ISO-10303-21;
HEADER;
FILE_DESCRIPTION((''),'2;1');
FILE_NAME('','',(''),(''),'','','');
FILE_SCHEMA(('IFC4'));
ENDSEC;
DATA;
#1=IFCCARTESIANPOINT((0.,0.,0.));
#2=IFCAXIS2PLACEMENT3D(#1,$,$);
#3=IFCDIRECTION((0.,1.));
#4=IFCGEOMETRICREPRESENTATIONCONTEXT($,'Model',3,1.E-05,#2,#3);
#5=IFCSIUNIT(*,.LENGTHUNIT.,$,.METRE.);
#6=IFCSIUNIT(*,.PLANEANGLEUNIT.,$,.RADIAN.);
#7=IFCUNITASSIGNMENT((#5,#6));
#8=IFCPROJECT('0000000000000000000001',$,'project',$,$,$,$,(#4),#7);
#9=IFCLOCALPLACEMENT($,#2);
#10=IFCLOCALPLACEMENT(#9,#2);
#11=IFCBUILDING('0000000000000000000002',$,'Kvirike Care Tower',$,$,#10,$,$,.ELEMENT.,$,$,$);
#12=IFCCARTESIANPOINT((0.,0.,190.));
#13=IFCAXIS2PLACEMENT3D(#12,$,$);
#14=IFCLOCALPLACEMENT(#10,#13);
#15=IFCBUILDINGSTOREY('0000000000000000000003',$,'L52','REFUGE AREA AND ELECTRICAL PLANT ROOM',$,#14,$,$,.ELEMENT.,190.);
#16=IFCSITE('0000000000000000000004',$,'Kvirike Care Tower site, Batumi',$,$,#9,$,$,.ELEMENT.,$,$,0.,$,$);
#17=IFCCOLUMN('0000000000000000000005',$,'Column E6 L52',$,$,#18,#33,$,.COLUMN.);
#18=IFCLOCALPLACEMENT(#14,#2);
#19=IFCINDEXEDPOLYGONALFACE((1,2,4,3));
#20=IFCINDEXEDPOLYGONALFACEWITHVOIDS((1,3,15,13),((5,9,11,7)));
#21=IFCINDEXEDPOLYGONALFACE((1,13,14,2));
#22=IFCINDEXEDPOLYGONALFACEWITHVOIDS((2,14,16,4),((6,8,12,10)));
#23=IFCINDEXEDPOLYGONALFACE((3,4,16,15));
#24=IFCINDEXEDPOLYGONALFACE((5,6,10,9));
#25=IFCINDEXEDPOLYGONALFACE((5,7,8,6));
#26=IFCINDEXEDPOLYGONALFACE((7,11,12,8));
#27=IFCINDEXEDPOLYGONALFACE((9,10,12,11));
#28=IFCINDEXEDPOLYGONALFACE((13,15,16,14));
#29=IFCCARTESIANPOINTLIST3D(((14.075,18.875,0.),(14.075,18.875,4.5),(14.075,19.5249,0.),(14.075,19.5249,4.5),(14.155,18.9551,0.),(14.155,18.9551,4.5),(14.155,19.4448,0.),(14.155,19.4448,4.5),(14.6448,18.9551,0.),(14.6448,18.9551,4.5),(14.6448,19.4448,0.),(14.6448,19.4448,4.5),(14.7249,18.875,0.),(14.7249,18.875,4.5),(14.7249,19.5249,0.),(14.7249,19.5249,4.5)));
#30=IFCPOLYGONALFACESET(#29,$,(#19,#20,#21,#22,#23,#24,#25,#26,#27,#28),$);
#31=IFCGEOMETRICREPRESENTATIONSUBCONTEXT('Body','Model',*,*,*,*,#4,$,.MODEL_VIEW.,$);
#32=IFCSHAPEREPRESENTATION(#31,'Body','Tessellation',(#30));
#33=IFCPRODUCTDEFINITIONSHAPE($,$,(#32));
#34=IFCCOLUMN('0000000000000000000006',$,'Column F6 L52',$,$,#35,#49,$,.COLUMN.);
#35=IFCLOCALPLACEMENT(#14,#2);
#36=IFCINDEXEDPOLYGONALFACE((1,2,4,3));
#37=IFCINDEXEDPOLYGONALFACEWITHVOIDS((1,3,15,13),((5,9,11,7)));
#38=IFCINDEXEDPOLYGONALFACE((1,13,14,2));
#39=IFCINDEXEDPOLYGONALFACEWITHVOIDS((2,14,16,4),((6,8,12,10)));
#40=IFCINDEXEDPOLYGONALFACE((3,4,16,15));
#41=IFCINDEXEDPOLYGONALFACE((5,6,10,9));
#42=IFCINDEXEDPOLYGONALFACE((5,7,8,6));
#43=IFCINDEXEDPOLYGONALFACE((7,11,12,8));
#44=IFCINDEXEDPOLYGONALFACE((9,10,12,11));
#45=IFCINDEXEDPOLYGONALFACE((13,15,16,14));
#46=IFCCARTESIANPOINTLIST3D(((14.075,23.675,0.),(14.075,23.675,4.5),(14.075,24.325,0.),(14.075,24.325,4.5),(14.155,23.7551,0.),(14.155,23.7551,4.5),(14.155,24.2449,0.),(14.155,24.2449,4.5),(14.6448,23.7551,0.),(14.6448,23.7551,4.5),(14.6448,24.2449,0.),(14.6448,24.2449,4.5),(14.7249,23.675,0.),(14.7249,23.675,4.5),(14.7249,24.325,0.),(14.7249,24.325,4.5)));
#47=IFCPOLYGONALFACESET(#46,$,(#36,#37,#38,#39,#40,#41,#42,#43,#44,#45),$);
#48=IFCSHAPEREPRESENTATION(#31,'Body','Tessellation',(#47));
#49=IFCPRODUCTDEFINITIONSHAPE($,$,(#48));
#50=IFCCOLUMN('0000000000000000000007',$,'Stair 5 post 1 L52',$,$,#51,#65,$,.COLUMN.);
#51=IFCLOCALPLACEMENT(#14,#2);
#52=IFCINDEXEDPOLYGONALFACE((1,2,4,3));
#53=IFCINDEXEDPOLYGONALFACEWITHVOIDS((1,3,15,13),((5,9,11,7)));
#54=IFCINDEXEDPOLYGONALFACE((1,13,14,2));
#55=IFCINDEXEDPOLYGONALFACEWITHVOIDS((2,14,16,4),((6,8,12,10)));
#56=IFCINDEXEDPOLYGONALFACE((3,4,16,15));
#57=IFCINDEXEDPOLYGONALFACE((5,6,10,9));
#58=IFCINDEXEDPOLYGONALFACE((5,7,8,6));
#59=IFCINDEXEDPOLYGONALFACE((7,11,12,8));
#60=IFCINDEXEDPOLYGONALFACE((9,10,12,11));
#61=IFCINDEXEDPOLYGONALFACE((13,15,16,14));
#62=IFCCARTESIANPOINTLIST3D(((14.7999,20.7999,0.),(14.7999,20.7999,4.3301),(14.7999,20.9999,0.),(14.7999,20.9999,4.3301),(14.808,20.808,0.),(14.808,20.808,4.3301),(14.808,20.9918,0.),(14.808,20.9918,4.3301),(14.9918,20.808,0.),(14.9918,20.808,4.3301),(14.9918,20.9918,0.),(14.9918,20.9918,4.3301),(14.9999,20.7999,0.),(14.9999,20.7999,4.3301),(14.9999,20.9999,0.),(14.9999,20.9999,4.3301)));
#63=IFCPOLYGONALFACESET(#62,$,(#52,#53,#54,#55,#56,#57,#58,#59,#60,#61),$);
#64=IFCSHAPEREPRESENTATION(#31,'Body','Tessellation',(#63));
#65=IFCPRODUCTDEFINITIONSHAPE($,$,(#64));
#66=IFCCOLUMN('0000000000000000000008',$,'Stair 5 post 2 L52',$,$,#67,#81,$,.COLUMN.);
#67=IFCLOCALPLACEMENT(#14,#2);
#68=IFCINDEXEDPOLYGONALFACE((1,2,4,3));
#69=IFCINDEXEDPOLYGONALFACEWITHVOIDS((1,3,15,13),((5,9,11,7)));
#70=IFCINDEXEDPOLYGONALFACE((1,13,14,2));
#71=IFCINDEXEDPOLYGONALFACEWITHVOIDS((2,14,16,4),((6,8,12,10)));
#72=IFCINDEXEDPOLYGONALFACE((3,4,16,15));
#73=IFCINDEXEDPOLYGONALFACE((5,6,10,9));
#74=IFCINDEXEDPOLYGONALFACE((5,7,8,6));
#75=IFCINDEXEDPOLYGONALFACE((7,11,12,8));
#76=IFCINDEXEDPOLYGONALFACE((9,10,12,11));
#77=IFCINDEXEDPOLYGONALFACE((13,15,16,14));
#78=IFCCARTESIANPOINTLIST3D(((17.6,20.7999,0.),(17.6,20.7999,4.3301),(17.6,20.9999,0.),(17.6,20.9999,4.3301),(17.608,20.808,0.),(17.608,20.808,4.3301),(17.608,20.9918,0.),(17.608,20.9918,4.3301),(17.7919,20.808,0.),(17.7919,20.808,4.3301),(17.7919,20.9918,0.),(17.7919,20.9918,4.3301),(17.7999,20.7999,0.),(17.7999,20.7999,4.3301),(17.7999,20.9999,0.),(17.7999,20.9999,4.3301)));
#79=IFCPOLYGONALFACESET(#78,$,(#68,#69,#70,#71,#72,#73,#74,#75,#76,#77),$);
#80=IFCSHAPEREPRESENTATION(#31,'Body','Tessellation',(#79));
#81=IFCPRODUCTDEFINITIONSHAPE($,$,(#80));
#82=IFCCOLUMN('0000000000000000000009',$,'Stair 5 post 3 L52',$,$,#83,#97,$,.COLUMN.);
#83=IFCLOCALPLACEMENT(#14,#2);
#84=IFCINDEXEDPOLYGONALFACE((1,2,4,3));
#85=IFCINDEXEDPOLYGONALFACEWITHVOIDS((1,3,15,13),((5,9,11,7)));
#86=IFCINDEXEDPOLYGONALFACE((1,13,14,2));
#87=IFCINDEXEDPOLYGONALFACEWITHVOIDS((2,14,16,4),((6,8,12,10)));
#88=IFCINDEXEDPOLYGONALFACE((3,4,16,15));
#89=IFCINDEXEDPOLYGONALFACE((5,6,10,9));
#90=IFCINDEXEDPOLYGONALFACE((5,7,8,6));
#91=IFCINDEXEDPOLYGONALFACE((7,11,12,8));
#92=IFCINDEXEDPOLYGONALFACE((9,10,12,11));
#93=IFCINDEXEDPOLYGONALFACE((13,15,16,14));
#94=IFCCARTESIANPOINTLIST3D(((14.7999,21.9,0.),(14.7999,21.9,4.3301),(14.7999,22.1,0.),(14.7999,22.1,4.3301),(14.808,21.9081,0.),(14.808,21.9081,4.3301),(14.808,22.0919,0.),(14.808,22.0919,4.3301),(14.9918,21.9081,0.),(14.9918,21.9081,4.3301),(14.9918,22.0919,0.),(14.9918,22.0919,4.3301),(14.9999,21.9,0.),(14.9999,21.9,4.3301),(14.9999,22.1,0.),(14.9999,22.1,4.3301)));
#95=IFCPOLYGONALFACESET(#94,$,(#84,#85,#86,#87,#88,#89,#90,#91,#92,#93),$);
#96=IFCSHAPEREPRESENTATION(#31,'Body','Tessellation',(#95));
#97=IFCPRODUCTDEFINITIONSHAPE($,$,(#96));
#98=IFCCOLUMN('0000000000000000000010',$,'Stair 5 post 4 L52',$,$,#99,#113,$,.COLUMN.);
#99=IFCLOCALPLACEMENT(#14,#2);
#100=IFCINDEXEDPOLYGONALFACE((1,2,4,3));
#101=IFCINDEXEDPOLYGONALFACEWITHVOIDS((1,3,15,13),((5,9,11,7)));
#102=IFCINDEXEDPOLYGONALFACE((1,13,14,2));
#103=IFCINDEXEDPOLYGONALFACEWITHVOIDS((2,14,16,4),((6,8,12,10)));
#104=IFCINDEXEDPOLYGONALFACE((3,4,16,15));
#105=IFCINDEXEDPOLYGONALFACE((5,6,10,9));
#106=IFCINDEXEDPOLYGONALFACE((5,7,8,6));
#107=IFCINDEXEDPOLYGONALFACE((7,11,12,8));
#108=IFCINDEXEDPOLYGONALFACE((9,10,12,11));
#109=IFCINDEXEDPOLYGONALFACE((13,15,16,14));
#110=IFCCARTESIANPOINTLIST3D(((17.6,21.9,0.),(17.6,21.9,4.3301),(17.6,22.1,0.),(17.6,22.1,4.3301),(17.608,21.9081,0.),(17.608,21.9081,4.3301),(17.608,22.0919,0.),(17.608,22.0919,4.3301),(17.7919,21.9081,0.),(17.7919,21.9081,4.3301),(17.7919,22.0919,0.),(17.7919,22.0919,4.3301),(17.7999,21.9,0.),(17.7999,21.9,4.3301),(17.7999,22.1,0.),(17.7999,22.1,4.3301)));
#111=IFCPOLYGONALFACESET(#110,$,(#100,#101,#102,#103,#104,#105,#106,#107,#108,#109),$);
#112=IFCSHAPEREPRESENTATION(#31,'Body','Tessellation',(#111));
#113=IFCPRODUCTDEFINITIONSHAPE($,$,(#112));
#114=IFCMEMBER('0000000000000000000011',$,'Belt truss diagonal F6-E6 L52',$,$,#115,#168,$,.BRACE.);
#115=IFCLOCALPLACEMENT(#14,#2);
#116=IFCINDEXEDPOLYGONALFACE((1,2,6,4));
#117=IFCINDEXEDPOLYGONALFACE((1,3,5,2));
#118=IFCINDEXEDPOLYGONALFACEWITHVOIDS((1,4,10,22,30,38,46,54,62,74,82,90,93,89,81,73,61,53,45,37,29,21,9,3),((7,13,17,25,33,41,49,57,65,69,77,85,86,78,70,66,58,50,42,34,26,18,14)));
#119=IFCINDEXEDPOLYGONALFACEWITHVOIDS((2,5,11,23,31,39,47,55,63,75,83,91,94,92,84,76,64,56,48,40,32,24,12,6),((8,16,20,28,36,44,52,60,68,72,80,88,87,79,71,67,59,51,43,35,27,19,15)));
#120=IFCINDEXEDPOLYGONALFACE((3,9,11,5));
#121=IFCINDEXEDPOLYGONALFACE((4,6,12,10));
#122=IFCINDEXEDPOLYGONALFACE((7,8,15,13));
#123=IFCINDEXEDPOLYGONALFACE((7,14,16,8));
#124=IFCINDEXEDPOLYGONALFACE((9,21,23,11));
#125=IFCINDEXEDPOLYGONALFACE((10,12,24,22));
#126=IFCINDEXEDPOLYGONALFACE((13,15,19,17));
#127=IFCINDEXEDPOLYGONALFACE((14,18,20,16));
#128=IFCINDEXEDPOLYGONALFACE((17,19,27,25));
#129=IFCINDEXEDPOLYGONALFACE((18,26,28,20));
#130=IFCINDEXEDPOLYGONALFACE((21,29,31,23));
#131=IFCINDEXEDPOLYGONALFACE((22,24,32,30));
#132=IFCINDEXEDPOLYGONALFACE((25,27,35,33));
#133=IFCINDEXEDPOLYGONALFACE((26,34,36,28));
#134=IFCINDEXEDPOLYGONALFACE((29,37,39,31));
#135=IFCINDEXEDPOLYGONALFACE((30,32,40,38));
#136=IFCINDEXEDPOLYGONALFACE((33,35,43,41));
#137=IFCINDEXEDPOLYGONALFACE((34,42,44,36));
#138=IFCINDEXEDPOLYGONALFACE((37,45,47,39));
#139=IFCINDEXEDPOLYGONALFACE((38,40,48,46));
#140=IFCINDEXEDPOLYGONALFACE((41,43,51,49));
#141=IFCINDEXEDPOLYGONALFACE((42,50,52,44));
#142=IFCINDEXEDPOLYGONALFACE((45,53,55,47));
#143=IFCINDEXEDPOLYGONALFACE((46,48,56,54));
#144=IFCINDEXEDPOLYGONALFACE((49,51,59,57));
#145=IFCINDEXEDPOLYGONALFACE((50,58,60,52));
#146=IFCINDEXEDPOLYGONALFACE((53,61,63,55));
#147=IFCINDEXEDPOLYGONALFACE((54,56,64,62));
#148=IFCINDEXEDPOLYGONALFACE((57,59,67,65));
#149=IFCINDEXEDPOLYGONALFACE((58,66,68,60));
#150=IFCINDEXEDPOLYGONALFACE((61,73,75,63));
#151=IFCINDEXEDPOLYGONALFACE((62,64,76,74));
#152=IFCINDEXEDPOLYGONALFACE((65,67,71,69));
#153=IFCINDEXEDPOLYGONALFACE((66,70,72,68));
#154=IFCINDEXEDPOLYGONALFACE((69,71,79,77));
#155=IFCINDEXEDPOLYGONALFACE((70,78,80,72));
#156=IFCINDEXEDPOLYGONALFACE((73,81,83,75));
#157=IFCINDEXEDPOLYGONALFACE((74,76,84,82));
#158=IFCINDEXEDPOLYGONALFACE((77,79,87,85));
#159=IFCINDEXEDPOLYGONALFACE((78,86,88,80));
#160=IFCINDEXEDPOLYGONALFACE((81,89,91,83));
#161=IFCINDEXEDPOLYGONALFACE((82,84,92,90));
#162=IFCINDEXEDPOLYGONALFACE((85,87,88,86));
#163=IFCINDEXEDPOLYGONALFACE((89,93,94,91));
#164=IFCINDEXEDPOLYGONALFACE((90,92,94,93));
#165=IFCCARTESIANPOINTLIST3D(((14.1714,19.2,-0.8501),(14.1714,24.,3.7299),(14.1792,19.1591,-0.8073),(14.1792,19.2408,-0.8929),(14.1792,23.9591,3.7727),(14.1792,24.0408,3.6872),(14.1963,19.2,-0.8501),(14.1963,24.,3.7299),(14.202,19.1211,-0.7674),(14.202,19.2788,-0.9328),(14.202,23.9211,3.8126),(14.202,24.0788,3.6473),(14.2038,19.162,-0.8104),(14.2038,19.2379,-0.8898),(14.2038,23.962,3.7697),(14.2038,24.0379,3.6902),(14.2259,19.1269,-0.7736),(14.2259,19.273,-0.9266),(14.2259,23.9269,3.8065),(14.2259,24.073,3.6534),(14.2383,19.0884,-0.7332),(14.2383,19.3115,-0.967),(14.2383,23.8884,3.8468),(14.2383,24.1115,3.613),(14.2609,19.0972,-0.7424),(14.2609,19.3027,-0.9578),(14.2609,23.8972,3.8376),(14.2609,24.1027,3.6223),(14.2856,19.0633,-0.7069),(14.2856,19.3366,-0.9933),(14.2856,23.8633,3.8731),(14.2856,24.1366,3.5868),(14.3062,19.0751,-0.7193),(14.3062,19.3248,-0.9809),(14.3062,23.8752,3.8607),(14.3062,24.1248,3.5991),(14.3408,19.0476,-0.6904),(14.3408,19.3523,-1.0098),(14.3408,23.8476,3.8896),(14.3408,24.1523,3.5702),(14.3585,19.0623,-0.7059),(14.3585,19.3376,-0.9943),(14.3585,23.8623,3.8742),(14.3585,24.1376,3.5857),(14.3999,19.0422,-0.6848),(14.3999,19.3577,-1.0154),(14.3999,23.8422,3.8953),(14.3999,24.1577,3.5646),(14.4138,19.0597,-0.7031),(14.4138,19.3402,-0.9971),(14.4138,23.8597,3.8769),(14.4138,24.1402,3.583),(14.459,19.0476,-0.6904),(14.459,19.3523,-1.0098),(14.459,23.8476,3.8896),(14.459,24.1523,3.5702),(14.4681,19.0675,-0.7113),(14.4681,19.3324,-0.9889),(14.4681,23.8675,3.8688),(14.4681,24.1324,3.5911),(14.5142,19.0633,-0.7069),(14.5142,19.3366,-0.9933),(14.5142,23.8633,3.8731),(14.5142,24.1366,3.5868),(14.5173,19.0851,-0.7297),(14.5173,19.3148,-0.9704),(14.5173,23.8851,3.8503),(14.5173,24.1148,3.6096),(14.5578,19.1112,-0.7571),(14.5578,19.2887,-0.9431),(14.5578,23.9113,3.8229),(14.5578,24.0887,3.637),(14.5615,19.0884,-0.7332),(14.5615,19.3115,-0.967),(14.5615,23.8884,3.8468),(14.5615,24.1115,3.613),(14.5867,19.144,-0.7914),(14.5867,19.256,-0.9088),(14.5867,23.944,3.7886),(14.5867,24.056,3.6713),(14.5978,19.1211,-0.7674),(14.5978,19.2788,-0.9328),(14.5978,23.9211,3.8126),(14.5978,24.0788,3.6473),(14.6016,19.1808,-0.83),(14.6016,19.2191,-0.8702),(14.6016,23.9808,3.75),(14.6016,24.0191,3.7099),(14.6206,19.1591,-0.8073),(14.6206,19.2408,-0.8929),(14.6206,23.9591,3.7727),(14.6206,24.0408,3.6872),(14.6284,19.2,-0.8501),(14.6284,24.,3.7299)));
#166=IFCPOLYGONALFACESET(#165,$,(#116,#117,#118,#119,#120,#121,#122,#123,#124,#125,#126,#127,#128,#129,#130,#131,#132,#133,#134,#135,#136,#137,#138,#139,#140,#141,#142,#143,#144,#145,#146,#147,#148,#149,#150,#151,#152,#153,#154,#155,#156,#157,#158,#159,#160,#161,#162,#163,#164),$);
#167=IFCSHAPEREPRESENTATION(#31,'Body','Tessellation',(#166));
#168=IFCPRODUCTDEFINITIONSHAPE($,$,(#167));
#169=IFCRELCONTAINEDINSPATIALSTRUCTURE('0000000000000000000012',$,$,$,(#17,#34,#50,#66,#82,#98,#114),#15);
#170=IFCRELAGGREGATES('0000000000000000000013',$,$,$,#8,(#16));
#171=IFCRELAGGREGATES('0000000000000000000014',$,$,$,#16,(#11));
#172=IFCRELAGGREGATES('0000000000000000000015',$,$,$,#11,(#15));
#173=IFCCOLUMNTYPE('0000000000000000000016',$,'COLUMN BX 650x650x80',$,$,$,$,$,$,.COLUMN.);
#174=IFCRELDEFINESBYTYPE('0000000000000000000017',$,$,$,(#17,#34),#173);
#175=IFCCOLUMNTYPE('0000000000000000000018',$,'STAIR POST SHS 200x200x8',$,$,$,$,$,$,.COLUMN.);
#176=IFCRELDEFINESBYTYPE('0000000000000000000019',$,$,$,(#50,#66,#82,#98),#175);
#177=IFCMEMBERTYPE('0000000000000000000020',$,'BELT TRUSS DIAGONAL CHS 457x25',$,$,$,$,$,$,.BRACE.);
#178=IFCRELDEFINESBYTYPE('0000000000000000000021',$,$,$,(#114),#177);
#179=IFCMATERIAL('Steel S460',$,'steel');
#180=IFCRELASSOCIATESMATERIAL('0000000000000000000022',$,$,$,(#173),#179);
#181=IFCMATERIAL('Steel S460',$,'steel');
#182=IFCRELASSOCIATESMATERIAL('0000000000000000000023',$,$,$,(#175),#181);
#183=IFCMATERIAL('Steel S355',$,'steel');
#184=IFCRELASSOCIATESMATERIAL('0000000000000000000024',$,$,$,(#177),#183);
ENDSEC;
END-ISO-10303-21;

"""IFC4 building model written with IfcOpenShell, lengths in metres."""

from ifc_helpers import new_model, si_unit, direction, frame, origin, origin_2d, place, context, subcontext, project, spatial, hollow_rectangle, hollow_circle, extrude, material, material_profile, profile_set, type_object, element, save


model = new_model("IFC4")

# Units and contexts
model_context = context("Model", 3, precision=1e-05, world=origin(), true_north=direction((0.0, 1.0)))
body_context = subcontext(model_context, "Body", "Model", "MODEL_VIEW")
ifc_project = project(units=[si_unit("LENGTHUNIT", "METRE"), si_unit("PLANEANGLEUNIT", "RADIAN")], contexts=[model_context])

# Site, building, storey
site_placement = place(None, origin())
site = spatial("IfcSite", under=ifc_project, at=site_placement, Name="Kvirike Care Tower site, Batumi", CompositionType="ELEMENT", RefElevation=0.0)
building_placement = place(site_placement, origin())
building = spatial("IfcBuilding", under=site, at=building_placement, Name="Kvirike Care Tower", CompositionType="ELEMENT")
storey_placement = place(building_placement, frame((0.0, 0.0, 190.0)))
storey = spatial("IfcBuildingStorey", under=building, at=storey_placement, Name="L52", Description="REFUGE AREA AND ELECTRICAL PLANT ROOM", CompositionType="ELEMENT", Elevation=190.0)

# Columns
ifc_material_1 = material(Name="Steel S460", Category="steel")
ifc_material_profile_1 = material_profile(ifc_material_1, hollow_rectangle(XDim=0.6499, YDim=0.6499, WallThickness=0.0801, at=origin_2d()), Name="BX 650x650x80")
ifc_profile_set_1 = profile_set([ifc_material_profile_1], Name="Steel S460")
column_type_1 = type_object("IfcColumnType", Name="COLUMN BX 650x650x80", PredefinedType="COLUMN", material=ifc_profile_set_1)
for number, where, z_axis, x_axis, name in (
    (1, (14.3999, 19.2, 0.0), (0.0, 0.0, 1.0), (0.0, 1.0, 0.0), "Column E6 L52"),
    (2, (14.3999, 24.0, 0.0), (0.0, 0.0, 1.0), (1.0, 0.0, 0.0), "Column F6 L52"),
):
    element("IfcColumn", number, at=place(storey_placement, frame(where, z_axis=z_axis, x_axis=x_axis)), inside=storey, type_object=column_type_1, Name=name, PredefinedType="COLUMN", context=body_context, shape_type="SweptSolid", body=[
        extrude(hollow_rectangle(XDim=0.6499, YDim=0.6499, WallThickness=0.0801, at=origin_2d()), origin(), (0.0, 0.0, 1.0), 4.5),
    ])
ifc_material_2 = material(Name="Steel S460", Category="steel")
ifc_material_profile_2 = material_profile(ifc_material_2, hollow_rectangle(XDim=0.2, YDim=0.2, WallThickness=0.0081, at=origin_2d()), Name="SHS 200x200x8")
ifc_profile_set_2 = profile_set([ifc_material_profile_2], Name="Steel S460")
column_type_2 = type_object("IfcColumnType", Name="STAIR POST SHS 200x200x8", PredefinedType="COLUMN", material=ifc_profile_set_2)
for number, where, z_axis, x_axis, name in (
    (3, (14.8999, 20.8999, 0.0), (0.0, 0.0, 1.0), (1.0, 0.0, 0.0), "Stair 5 post 1 L52"),
    (4, (17.7, 20.8999, 0.0), (0.0, 0.0, 1.0), (1.0, 0.0, 0.0), "Stair 5 post 2 L52"),
    (5, (14.8999, 22.0, 0.0), (0.0, 0.0, 1.0), (1.0, 0.0, 0.0), "Stair 5 post 3 L52"),
    (6, (17.7, 22.0, 0.0), (0.0, 0.0, 1.0), (1.0, 0.0, 0.0), "Stair 5 post 4 L52"),
):
    element("IfcColumn", number, at=place(storey_placement, frame(where, z_axis=z_axis, x_axis=x_axis)), inside=storey, type_object=column_type_2, Name=name, PredefinedType="COLUMN", context=body_context, shape_type="SweptSolid", body=[
        extrude(hollow_rectangle(XDim=0.2, YDim=0.2, WallThickness=0.0081, at=origin_2d()), origin(), (0.0, 0.0, 1.0), 4.3301),
    ])

# Member
ifc_material_3 = material(Name="Steel S355", Category="steel")
ifc_material_profile_3 = material_profile(ifc_material_3, hollow_circle(Radius=0.2285, WallThickness=0.0249, at=origin_2d()), Name="CHS 457x25")
ifc_profile_set_3 = profile_set([ifc_material_profile_3], Name="Steel S355")
member_type_1 = type_object("IfcMemberType", Name="BELT TRUSS DIAGONAL CHS 457x25", PredefinedType="BRACE", material=ifc_profile_set_3)
for number, where, z_axis, x_axis, name in (
    (7, (14.3999, 19.2, -0.8501), (0.0, 0.72349, 0.690335), (-1.0, 0.0, 0.0), "Belt truss diagonal F6-E6 L52"),
):
    element("IfcMember", number, at=place(storey_placement, frame(where, z_axis=z_axis, x_axis=x_axis)), inside=storey, type_object=member_type_1, Name=name, PredefinedType="BRACE", context=body_context, shape_type="SweptSolid", body=[
        extrude(hollow_circle(Radius=0.2285, WallThickness=0.0249, at=origin_2d()), origin(), (0.0, 0.0, 1.0), 6.6345),
    ])

save(model, "model.ifc")
